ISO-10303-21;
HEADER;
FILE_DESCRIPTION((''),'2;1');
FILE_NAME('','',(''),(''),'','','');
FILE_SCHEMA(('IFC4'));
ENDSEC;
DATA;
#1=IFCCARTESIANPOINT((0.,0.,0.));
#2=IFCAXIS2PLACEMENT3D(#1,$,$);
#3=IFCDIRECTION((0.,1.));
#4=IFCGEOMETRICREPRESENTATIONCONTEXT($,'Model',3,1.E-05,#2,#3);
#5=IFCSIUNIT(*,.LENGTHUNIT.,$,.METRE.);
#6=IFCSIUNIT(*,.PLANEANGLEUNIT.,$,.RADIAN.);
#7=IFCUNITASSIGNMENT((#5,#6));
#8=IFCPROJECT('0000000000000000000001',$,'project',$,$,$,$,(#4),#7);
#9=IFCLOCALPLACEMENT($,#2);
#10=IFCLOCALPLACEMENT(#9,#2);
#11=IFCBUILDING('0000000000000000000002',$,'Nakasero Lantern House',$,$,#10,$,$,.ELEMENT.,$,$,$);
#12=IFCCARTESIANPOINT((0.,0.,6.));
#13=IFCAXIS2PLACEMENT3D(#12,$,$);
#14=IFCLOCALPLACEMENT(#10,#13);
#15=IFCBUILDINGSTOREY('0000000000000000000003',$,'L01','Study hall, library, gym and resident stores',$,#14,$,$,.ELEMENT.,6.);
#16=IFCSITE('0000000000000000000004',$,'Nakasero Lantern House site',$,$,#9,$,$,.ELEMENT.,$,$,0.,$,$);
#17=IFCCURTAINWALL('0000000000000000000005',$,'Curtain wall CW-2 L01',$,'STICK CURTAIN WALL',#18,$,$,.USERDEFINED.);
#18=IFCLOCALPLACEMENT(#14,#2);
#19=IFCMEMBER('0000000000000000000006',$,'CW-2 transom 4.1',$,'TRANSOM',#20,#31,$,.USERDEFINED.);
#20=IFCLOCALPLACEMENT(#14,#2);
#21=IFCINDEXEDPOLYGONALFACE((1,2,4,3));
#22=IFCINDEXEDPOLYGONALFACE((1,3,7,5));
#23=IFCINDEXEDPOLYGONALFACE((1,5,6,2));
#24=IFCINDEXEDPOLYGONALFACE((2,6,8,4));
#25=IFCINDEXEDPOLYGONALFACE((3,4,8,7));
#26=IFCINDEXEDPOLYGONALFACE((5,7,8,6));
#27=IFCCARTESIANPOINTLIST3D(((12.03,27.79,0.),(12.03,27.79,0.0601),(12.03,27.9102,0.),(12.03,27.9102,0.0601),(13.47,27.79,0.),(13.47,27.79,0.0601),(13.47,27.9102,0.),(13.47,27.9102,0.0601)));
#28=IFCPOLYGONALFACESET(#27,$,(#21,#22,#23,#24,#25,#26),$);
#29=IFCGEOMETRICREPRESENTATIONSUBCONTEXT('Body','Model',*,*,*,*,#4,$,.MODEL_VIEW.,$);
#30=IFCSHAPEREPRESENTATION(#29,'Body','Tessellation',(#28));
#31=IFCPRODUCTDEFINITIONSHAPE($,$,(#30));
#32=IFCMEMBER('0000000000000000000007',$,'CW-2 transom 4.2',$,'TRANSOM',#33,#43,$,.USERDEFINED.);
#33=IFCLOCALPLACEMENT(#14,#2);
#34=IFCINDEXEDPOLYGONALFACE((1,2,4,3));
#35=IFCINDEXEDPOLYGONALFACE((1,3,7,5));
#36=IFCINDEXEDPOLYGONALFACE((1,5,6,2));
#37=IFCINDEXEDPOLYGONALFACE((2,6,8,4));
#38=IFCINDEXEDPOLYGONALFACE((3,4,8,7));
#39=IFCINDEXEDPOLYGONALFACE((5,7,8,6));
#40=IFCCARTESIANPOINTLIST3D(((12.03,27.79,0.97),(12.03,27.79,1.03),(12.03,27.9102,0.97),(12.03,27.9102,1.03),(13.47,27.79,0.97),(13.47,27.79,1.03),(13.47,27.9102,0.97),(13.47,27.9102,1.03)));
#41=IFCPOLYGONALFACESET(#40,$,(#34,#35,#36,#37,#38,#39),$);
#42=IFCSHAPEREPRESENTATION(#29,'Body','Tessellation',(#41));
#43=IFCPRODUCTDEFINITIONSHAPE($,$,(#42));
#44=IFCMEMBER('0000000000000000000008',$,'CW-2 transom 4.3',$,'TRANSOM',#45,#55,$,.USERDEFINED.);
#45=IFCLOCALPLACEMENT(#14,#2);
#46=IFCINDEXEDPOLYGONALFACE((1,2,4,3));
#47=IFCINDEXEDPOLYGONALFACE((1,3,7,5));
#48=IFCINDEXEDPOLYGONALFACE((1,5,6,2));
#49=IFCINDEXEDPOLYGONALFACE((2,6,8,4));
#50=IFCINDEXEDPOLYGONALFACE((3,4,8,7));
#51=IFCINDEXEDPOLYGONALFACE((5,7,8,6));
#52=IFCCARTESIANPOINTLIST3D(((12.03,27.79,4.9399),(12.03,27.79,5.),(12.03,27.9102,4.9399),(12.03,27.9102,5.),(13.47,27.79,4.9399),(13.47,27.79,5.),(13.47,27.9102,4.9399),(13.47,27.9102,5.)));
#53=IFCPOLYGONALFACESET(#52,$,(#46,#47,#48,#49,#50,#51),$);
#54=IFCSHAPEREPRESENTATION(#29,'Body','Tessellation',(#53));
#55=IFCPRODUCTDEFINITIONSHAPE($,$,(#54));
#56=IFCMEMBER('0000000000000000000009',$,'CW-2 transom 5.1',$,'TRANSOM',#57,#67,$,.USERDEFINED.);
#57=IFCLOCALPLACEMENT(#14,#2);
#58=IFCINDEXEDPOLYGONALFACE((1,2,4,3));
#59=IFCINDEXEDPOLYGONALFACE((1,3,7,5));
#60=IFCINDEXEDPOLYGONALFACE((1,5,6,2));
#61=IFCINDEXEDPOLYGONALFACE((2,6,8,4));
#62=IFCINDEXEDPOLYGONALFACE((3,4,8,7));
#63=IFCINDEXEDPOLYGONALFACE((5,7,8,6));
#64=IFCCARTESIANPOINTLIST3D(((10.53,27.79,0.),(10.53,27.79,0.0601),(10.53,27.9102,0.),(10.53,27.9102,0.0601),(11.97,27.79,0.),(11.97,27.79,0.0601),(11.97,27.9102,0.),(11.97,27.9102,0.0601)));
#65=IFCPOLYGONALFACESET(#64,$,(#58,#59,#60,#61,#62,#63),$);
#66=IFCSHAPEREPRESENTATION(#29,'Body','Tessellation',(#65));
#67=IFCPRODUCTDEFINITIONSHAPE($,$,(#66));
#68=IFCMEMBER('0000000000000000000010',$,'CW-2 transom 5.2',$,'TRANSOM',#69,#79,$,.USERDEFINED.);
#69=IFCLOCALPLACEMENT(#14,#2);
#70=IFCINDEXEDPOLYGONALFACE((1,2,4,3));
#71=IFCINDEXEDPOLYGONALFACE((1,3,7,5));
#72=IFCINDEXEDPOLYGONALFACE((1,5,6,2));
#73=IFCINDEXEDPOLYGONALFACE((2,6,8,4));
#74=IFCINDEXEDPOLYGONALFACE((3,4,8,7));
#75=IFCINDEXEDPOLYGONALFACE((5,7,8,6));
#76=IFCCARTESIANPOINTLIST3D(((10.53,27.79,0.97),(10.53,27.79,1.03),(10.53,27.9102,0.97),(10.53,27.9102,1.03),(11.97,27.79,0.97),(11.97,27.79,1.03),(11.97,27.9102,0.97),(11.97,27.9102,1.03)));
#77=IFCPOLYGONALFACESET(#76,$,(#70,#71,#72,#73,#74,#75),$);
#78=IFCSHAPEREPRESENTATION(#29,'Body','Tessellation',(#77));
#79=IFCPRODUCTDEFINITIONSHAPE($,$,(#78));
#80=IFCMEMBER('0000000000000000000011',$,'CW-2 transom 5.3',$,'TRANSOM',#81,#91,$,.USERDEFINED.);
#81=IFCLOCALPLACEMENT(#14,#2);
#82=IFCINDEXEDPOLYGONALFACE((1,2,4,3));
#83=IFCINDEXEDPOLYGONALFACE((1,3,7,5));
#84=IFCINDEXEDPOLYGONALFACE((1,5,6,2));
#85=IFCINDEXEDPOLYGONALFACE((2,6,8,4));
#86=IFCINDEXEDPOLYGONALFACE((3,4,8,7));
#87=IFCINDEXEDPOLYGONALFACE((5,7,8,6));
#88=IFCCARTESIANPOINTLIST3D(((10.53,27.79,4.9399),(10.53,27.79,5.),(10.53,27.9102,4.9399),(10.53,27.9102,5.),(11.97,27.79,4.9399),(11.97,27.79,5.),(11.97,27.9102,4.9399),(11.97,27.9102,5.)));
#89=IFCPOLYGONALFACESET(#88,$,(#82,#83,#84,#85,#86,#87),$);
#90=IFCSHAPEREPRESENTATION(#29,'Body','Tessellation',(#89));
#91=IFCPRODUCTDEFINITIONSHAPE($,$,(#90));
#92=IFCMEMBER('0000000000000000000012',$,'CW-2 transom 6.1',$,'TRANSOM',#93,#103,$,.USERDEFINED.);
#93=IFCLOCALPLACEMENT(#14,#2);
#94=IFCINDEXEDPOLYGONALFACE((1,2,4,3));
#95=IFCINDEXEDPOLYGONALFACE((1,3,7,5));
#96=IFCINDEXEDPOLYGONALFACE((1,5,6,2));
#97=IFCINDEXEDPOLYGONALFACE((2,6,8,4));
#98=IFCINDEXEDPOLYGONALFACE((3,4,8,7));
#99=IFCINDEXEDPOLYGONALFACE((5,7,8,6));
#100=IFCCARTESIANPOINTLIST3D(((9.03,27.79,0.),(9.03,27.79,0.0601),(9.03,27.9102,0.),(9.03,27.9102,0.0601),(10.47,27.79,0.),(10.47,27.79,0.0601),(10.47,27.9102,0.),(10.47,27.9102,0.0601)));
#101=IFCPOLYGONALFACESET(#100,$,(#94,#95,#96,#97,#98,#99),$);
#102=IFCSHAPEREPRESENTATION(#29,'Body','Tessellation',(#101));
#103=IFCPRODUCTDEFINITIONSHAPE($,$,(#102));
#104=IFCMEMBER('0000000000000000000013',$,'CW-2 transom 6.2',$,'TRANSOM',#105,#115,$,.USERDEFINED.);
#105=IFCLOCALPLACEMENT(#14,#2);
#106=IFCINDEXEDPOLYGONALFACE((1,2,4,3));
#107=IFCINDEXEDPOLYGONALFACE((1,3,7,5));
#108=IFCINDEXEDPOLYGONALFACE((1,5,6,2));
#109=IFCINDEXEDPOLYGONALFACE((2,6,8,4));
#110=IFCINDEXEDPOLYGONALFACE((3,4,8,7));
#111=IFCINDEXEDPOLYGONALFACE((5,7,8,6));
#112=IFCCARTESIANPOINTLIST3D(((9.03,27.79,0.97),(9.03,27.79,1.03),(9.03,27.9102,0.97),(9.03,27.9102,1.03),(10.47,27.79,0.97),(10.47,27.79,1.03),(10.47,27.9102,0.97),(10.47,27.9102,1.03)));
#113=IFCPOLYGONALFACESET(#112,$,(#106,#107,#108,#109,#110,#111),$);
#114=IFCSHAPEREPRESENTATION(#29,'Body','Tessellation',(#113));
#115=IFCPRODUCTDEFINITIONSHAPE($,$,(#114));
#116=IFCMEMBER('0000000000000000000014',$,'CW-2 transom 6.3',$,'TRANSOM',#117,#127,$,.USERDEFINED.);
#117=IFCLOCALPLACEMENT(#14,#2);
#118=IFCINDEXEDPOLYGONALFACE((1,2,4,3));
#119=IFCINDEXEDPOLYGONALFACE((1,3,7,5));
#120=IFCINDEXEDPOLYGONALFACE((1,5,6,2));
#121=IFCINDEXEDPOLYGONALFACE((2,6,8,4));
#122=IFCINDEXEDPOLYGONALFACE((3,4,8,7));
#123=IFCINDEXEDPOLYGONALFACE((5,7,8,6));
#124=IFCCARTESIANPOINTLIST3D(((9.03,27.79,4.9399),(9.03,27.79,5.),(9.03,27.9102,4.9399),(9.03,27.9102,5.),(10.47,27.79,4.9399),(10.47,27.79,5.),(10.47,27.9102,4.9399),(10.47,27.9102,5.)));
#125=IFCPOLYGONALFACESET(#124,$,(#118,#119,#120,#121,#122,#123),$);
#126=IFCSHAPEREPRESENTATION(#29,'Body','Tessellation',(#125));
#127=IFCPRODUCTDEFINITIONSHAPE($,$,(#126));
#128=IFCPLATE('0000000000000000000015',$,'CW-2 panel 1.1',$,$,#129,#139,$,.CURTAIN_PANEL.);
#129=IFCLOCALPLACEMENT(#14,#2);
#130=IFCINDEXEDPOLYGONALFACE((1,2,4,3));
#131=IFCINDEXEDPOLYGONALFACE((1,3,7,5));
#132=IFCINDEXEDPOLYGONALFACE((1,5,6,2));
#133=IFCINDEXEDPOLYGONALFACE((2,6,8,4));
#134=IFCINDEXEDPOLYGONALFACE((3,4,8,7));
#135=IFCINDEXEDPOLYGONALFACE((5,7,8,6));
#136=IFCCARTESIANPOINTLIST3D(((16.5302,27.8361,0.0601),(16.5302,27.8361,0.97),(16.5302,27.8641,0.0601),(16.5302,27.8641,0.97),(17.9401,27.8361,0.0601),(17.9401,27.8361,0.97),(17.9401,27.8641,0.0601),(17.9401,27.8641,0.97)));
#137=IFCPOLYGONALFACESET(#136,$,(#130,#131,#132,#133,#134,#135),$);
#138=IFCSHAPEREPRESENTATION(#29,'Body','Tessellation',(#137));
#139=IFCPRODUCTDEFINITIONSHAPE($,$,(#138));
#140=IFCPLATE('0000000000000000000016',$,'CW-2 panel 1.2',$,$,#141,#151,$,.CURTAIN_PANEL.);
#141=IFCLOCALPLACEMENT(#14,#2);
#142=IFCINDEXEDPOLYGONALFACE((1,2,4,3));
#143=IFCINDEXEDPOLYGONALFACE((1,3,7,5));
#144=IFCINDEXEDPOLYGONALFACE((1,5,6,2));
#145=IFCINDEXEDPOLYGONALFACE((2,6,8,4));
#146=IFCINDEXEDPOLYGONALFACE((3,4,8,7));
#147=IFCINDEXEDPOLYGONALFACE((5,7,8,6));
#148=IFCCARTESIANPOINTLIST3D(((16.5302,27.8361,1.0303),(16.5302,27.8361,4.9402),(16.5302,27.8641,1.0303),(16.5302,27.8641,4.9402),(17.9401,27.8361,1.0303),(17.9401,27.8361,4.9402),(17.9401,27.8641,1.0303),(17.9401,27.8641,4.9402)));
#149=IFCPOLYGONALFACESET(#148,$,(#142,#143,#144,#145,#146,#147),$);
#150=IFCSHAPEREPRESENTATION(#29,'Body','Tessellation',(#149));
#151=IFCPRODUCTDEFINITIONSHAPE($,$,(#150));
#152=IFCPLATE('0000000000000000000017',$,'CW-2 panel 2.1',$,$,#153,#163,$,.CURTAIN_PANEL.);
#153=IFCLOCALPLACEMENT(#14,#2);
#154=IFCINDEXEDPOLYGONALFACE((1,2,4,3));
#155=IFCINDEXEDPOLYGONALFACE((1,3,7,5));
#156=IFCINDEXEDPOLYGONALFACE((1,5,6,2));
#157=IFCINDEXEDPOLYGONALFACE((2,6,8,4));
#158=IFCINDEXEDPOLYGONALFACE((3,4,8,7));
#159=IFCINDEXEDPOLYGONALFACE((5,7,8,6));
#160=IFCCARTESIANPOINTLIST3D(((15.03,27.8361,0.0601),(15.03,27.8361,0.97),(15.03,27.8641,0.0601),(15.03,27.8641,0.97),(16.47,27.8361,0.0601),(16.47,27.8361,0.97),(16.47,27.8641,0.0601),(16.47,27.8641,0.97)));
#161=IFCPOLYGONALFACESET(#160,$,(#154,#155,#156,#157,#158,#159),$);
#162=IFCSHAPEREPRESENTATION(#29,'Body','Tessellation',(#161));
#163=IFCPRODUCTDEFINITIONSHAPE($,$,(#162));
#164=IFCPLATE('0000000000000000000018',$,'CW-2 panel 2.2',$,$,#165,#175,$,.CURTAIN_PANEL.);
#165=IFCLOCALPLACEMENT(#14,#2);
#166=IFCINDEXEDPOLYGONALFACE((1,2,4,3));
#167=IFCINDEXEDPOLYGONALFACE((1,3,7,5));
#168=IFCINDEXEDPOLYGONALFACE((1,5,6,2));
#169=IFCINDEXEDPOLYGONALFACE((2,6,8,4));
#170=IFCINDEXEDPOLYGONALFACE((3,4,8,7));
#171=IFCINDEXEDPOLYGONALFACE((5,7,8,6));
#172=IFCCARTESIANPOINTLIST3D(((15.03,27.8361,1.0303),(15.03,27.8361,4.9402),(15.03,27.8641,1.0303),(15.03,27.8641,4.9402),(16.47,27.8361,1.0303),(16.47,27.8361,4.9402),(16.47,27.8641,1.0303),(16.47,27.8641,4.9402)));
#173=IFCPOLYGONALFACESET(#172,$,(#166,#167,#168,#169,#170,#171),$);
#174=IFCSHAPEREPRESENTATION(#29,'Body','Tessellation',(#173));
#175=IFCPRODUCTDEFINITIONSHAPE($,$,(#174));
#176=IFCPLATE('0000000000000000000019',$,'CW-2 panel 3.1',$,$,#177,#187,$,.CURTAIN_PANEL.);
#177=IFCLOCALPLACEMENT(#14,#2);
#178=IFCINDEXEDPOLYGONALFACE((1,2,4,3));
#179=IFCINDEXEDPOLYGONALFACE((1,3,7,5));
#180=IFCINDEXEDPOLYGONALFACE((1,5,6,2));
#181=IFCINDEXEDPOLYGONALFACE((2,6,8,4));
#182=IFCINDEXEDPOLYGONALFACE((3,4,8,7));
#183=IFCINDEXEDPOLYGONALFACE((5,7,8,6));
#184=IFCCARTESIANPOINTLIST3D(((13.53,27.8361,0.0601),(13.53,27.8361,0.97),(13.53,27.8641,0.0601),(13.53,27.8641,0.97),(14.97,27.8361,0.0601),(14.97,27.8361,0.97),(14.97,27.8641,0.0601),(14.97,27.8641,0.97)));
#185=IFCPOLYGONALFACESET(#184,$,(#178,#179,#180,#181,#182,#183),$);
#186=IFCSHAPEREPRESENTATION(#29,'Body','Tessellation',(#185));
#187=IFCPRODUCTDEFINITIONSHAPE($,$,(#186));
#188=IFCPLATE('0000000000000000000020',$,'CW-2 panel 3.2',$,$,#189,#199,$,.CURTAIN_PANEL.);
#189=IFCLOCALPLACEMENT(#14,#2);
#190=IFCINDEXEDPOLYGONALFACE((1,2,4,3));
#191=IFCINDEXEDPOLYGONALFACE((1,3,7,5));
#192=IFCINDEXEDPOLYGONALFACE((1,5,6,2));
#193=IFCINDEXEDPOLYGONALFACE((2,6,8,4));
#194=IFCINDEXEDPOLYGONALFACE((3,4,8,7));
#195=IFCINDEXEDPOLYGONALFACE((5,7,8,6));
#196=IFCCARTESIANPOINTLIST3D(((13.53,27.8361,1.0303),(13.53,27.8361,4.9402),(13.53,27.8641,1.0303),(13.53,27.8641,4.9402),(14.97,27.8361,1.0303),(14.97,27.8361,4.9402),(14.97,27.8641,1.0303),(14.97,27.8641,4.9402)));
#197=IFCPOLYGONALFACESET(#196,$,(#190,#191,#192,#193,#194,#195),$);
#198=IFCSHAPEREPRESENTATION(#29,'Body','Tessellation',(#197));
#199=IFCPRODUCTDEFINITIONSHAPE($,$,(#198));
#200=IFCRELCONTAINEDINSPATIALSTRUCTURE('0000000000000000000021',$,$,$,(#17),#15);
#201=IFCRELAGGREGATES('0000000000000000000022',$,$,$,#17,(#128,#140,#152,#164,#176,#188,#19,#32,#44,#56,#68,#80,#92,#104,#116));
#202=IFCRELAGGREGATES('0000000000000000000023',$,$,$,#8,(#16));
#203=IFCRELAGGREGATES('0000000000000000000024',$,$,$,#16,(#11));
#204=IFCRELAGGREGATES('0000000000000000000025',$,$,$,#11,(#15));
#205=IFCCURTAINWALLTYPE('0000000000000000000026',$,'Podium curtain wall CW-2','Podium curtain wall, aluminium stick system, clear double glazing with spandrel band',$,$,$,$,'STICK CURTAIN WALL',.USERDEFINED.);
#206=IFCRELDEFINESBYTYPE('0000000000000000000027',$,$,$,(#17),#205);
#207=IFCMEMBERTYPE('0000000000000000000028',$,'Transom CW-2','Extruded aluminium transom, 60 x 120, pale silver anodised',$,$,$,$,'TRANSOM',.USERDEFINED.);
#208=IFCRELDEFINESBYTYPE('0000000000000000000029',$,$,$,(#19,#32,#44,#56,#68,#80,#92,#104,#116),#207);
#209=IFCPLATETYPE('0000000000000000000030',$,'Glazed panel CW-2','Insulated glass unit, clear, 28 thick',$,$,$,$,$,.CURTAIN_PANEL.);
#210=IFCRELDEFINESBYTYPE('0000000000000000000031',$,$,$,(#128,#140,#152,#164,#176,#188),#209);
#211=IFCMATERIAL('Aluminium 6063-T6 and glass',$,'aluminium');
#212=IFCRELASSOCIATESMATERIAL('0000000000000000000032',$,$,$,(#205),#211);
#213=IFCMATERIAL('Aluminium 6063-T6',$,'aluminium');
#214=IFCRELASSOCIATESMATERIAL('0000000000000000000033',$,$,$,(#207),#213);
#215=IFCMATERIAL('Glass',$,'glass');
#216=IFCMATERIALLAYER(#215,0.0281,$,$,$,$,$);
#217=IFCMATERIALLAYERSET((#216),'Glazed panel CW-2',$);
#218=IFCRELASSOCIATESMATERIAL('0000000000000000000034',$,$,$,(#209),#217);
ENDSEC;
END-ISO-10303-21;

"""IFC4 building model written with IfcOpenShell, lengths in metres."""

from ifc_helpers import new_model, si_unit, direction, frame, origin, origin_2d, place, context, subcontext, project, spatial, rectangle, extrude, material, layer, layer_set, material_profile, profile_set, type_object, element, aggregate, save


model = new_model("IFC4")

# Units and contexts
model_context = context("Model", 3, precision=1e-05, world=origin(), true_north=direction((0.0, 1.0)))
body_context = subcontext(model_context, "Body", "Model", "MODEL_VIEW")
ifc_project = project(units=[si_unit("LENGTHUNIT", "METRE"), si_unit("PLANEANGLEUNIT", "RADIAN")], contexts=[model_context])

# Site, building, storey
site_placement = place(None, origin())
site = spatial("IfcSite", under=ifc_project, at=site_placement, Name="Nakasero Lantern House site", CompositionType="ELEMENT", RefElevation=0.0)
building_placement = place(site_placement, origin())
building = spatial("IfcBuilding", under=site, at=building_placement, Name="Nakasero Lantern House", CompositionType="ELEMENT")
storey_placement = place(building_placement, frame((0.0, 0.0, 6.0)))
storey = spatial("IfcBuildingStorey", under=building, at=storey_placement, Name="L01", Description="Study hall, library, gym and resident stores", CompositionType="ELEMENT", Elevation=6.0)

# Curtain wall, members, plates
ifc_material_1 = material(Name="Aluminium 6063-T6 and glass", Category="aluminium")
curtain_wall_type = type_object("IfcCurtainWallType", Name="Podium curtain wall CW-2", Description="Podium curtain wall, aluminium stick system, clear double glazing with spandrel band", ElementType="STICK CURTAIN WALL", PredefinedType="USERDEFINED", material=ifc_material_1)
curtain_wall_placement = place(storey_placement, origin())
curtain_wall = element("IfcCurtainWall", 1, at=curtain_wall_placement, inside=storey, type_object=curtain_wall_type, Name="Curtain wall CW-2 L01", ObjectType="STICK CURTAIN WALL", PredefinedType="USERDEFINED")
ifc_material_2 = material(Name="Aluminium 6063-T6", Category="aluminium")
ifc_material_profile_1 = material_profile(ifc_material_2, rectangle(XDim=0.0601, YDim=0.1201, at=origin_2d()), Name="CW-2 transom 60x120")
ifc_profile_set_1 = profile_set([ifc_material_profile_1], Name="Aluminium 6063-T6")
member_type_1 = type_object("IfcMemberType", Name="Transom CW-2", Description="Extruded aluminium transom, 60 x 120, pale silver anodised", ElementType="TRANSOM", PredefinedType="USERDEFINED", material=ifc_profile_set_1)
member_1_placement = place(storey_placement, frame((13.47, 27.8501, 0.03), z_axis=(-1.0, 0.0, 0.0), x_axis=(0.0, 0.0, 1.0)))
member_1 = element("IfcMember", 2, at=member_1_placement, type_object=member_type_1, Name="CW-2 transom 4.1", ObjectType="TRANSOM", PredefinedType="USERDEFINED", context=body_context, shape_type="SweptSolid", body=[
    extrude(rectangle(XDim=0.0601, YDim=0.1201, at=origin_2d()), origin(), (0.0, 0.0, 1.0), 1.4399),
])
member_2_placement = place(storey_placement, frame((13.47, 27.8501, 1.0), z_axis=(-1.0, 0.0, 0.0), x_axis=(0.0, 0.0, 1.0)))
member_2 = element("IfcMember", 3, at=member_2_placement, type_object=member_type_1, Name="CW-2 transom 4.2", ObjectType="TRANSOM", PredefinedType="USERDEFINED", context=body_context, shape_type="SweptSolid", body=[
    extrude(rectangle(XDim=0.0601, YDim=0.1201, at=origin_2d()), origin(), (0.0, 0.0, 1.0), 1.4399),
])
member_3_placement = place(storey_placement, frame((13.47, 27.8501, 4.97), z_axis=(-1.0, 0.0, 0.0), x_axis=(0.0, 0.0, 1.0)))
member_3 = element("IfcMember", 4, at=member_3_placement, type_object=member_type_1, Name="CW-2 transom 4.3", ObjectType="TRANSOM", PredefinedType="USERDEFINED", context=body_context, shape_type="SweptSolid", body=[
    extrude(rectangle(XDim=0.0601, YDim=0.1201, at=origin_2d()), origin(), (0.0, 0.0, 1.0), 1.4399),
])
member_4_placement = place(storey_placement, frame((11.97, 27.8501, 0.03), z_axis=(-1.0, 0.0, 0.0), x_axis=(0.0, 0.0, 1.0)))
member_4 = element("IfcMember", 5, at=member_4_placement, type_object=member_type_1, Name="CW-2 transom 5.1", ObjectType="TRANSOM", PredefinedType="USERDEFINED", context=body_context, shape_type="SweptSolid", body=[
    extrude(rectangle(XDim=0.0601, YDim=0.1201, at=origin_2d()), origin(), (0.0, 0.0, 1.0), 1.4399),
])
member_5_placement = place(storey_placement, frame((11.97, 27.8501, 1.0), z_axis=(-1.0, 0.0, 0.0), x_axis=(0.0, 0.0, 1.0)))
member_5 = element("IfcMember", 6, at=member_5_placement, type_object=member_type_1, Name="CW-2 transom 5.2", ObjectType="TRANSOM", PredefinedType="USERDEFINED", context=body_context, shape_type="SweptSolid", body=[
    extrude(rectangle(XDim=0.0601, YDim=0.1201, at=origin_2d()), origin(), (0.0, 0.0, 1.0), 1.4399),
])
member_6_placement = place(storey_placement, frame((11.97, 27.8501, 4.97), z_axis=(-1.0, 0.0, 0.0), x_axis=(0.0, 0.0, 1.0)))
member_6 = element("IfcMember", 7, at=member_6_placement, type_object=member_type_1, Name="CW-2 transom 5.3", ObjectType="TRANSOM", PredefinedType="USERDEFINED", context=body_context, shape_type="SweptSolid", body=[
    extrude(rectangle(XDim=0.0601, YDim=0.1201, at=origin_2d()), origin(), (0.0, 0.0, 1.0), 1.4399),
])
member_7_placement = place(storey_placement, frame((10.47, 27.8501, 0.03), z_axis=(-1.0, 0.0, 0.0), x_axis=(0.0, 0.0, 1.0)))
member_7 = element("IfcMember", 8, at=member_7_placement, type_object=member_type_1, Name="CW-2 transom 6.1", ObjectType="TRANSOM", PredefinedType="USERDEFINED", context=body_context, shape_type="SweptSolid", body=[
    extrude(rectangle(XDim=0.0601, YDim=0.1201, at=origin_2d()), origin(), (0.0, 0.0, 1.0), 1.4399),
])
member_8_placement = place(storey_placement, frame((10.47, 27.8501, 1.0), z_axis=(-1.0, 0.0, 0.0), x_axis=(0.0, 0.0, 1.0)))
member_8 = element("IfcMember", 9, at=member_8_placement, type_object=member_type_1, Name="CW-2 transom 6.2", ObjectType="TRANSOM", PredefinedType="USERDEFINED", context=body_context, shape_type="SweptSolid", body=[
    extrude(rectangle(XDim=0.0601, YDim=0.1201, at=origin_2d()), origin(), (0.0, 0.0, 1.0), 1.4399),
])
member_9_placement = place(storey_placement, frame((10.47, 27.8501, 4.97), z_axis=(-1.0, 0.0, 0.0), x_axis=(0.0, 0.0, 1.0)))
member_9 = element("IfcMember", 10, at=member_9_placement, type_object=member_type_1, Name="CW-2 transom 6.3", ObjectType="TRANSOM", PredefinedType="USERDEFINED", context=body_context, shape_type="SweptSolid", body=[
    extrude(rectangle(XDim=0.0601, YDim=0.1201, at=origin_2d()), origin(), (0.0, 0.0, 1.0), 1.4399),
])
ifc_material_3 = material(Name="Glass", Category="glass")
ifc_layer = layer(ifc_material_3, 0.0281)
ifc_layer_set = layer_set([ifc_layer], Name="Glazed panel CW-2")
plate_type = type_object("IfcPlateType", Name="Glazed panel CW-2", Description="Insulated glass unit, clear, 28 thick", PredefinedType="CURTAIN_PANEL", material=ifc_layer_set)
plate_1_placement = place(storey_placement, frame((17.2351, 27.8501, 0.0601), z_axis=(0.0, 0.0, 1.0), x_axis=(-1.0, 0.0, 0.0)))
plate_1 = element("IfcPlate", 11, at=plate_1_placement, type_object=plate_type, Name="CW-2 panel 1.1", PredefinedType="CURTAIN_PANEL", context=body_context, shape_type="SweptSolid", body=[
    extrude(rectangle(XDim=1.4099, YDim=0.0281, at=origin_2d()), origin(), (0.0, 0.0, 1.0), 0.9099),
])
plate_2_placement = place(storey_placement, frame((17.2351, 27.8501, 1.0303), z_axis=(0.0, 0.0, 1.0), x_axis=(-1.0, 0.0, 0.0)))
plate_2 = element("IfcPlate", 12, at=plate_2_placement, type_object=plate_type, Name="CW-2 panel 1.2", PredefinedType="CURTAIN_PANEL", context=body_context, shape_type="SweptSolid", body=[
    extrude(rectangle(XDim=1.4099, YDim=0.0281, at=origin_2d()), origin(), (0.0, 0.0, 1.0), 3.9099),
])
plate_3_placement = place(storey_placement, frame((15.75, 27.8501, 0.0601), z_axis=(0.0, 0.0, 1.0), x_axis=(-1.0, 0.0, 0.0)))
plate_3 = element("IfcPlate", 13, at=plate_3_placement, type_object=plate_type, Name="CW-2 panel 2.1", PredefinedType="CURTAIN_PANEL", context=body_context, shape_type="SweptSolid", body=[
    extrude(rectangle(XDim=1.4399, YDim=0.0281, at=origin_2d()), origin(), (0.0, 0.0, 1.0), 0.9099),
])
plate_4_placement = place(storey_placement, frame((15.75, 27.8501, 1.0303), z_axis=(0.0, 0.0, 1.0), x_axis=(-1.0, 0.0, 0.0)))
plate_4 = element("IfcPlate", 14, at=plate_4_placement, type_object=plate_type, Name="CW-2 panel 2.2", PredefinedType="CURTAIN_PANEL", context=body_context, shape_type="SweptSolid", body=[
    extrude(rectangle(XDim=1.4399, YDim=0.0281, at=origin_2d()), origin(), (0.0, 0.0, 1.0), 3.9099),
])
plate_5_placement = place(storey_placement, frame((14.25, 27.8501, 0.0601), z_axis=(0.0, 0.0, 1.0), x_axis=(-1.0, 0.0, 0.0)))
plate_5 = element("IfcPlate", 15, at=plate_5_placement, type_object=plate_type, Name="CW-2 panel 3.1", PredefinedType="CURTAIN_PANEL", context=body_context, shape_type="SweptSolid", body=[
    extrude(rectangle(XDim=1.4399, YDim=0.0281, at=origin_2d()), origin(), (0.0, 0.0, 1.0), 0.9099),
])
plate_6_placement = place(storey_placement, frame((14.25, 27.8501, 1.0303), z_axis=(0.0, 0.0, 1.0), x_axis=(-1.0, 0.0, 0.0)))
plate_6 = element("IfcPlate", 16, at=plate_6_placement, type_object=plate_type, Name="CW-2 panel 3.2", PredefinedType="CURTAIN_PANEL", context=body_context, shape_type="SweptSolid", body=[
    extrude(rectangle(XDim=1.4399, YDim=0.0281, at=origin_2d()), origin(), (0.0, 0.0, 1.0), 3.9099),
])
aggregate(curtain_wall, [plate_1, plate_2, plate_3, plate_4, plate_5, plate_6, member_1, member_2, member_3, member_4, member_5, member_6, member_7, member_8, member_9])

save(model, "model.ifc")
